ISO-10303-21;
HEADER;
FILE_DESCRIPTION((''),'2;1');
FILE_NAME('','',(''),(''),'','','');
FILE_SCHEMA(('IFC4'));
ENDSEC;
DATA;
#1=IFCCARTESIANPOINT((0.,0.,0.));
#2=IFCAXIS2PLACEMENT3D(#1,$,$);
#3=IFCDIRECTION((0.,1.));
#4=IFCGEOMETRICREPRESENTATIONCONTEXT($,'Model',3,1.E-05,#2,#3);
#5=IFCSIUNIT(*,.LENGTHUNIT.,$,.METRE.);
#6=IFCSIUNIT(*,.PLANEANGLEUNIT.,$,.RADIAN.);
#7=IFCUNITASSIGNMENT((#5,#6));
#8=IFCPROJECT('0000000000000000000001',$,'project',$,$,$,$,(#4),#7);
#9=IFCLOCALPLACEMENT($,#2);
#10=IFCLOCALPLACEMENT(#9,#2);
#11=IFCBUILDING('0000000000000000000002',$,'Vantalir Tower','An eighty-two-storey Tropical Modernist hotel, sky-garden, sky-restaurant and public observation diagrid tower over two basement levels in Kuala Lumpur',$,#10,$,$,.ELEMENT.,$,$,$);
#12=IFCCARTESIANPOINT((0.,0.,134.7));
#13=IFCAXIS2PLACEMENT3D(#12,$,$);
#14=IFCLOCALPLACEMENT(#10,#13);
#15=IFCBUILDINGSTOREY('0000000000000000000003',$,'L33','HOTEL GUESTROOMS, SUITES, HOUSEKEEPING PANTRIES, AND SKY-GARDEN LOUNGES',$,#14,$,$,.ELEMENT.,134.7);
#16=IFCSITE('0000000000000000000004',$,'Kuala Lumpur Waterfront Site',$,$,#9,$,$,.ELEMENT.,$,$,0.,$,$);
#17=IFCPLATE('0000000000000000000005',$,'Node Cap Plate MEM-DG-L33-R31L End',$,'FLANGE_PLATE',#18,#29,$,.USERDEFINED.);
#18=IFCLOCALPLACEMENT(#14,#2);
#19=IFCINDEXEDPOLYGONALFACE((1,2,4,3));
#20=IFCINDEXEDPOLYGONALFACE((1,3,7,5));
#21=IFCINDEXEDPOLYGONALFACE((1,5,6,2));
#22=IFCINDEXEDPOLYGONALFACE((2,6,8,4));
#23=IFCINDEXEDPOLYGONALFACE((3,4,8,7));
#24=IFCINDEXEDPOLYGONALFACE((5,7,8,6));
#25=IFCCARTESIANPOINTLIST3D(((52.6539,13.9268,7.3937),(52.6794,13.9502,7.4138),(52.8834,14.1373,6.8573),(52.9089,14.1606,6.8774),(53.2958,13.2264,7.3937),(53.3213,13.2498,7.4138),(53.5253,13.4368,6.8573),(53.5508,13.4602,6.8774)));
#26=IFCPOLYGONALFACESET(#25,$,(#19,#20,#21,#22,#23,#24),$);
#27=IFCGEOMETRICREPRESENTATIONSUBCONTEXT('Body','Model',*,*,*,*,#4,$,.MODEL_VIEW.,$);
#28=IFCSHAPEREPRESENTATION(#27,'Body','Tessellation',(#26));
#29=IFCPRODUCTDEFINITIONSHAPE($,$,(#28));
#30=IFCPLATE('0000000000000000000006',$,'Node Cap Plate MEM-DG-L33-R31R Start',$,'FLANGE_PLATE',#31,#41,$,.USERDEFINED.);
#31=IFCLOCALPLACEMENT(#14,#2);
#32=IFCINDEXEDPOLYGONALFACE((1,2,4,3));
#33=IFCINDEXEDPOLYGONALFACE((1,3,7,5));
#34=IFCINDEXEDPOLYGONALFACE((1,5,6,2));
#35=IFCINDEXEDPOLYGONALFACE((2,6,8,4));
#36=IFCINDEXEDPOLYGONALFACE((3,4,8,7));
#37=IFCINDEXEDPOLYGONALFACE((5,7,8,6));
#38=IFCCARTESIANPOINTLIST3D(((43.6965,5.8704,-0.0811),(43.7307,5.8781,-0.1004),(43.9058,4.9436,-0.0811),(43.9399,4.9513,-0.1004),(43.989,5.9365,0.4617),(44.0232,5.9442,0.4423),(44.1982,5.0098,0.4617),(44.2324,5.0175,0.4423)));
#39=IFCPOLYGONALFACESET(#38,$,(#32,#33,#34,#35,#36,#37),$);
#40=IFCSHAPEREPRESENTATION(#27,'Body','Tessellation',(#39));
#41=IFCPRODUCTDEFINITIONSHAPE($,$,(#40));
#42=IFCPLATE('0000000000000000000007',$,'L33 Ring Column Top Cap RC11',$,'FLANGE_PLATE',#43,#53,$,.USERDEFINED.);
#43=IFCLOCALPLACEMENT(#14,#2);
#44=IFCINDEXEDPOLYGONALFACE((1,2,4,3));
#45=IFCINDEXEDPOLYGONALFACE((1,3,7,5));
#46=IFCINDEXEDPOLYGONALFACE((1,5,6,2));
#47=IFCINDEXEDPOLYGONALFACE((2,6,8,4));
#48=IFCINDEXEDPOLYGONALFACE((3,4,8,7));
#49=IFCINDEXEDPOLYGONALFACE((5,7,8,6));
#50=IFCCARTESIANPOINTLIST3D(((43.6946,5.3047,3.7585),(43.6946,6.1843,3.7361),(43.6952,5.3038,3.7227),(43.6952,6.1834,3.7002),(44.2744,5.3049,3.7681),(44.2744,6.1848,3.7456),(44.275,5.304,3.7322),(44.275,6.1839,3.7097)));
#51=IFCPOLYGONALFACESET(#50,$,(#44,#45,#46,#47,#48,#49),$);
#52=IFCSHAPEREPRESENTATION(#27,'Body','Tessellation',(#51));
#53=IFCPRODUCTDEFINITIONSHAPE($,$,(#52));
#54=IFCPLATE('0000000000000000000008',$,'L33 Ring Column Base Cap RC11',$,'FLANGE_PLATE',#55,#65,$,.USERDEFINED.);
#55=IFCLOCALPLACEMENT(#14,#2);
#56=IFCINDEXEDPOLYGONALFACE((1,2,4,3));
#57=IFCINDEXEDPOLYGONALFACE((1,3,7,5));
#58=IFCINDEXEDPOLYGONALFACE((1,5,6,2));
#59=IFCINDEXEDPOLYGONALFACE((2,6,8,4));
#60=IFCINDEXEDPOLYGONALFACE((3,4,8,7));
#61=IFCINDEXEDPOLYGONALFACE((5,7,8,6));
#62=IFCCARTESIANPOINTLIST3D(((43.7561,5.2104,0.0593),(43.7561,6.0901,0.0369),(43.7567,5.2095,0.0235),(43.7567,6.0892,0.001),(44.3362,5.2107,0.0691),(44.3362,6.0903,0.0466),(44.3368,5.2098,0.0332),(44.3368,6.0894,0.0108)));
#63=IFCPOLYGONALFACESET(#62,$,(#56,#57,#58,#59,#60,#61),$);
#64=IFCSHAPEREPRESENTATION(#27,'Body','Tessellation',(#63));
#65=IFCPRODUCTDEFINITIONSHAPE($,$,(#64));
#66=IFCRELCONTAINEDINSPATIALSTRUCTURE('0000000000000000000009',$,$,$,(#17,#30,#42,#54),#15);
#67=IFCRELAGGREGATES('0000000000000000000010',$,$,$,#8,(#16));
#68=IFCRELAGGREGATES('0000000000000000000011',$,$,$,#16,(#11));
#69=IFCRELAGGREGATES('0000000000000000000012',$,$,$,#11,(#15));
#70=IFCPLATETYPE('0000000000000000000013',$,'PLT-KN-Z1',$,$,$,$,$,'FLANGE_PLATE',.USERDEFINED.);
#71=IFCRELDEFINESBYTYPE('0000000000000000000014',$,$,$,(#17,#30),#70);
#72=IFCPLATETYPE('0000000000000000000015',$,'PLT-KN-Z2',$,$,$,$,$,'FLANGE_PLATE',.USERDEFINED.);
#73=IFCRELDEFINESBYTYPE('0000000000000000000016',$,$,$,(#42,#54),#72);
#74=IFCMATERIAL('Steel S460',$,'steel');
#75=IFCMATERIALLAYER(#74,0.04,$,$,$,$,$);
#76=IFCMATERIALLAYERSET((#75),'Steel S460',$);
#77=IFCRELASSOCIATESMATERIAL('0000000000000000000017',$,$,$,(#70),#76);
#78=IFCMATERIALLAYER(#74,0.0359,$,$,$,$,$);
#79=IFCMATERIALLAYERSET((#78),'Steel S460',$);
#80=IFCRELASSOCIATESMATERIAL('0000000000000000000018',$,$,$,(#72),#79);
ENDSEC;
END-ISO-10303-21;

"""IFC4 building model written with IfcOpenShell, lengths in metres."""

from ifc_helpers import new_model, si_unit, direction, frame, origin, place, context, subcontext, project, spatial, polyline, outline, extrude, material, layer, layer_set, type_object, element, save


model = new_model("IFC4")

# Units and contexts
model_context = context("Model", 3, precision=1e-05, world=origin(), true_north=direction((0.0, 1.0)))
body_context = subcontext(model_context, "Body", "Model", "MODEL_VIEW")
ifc_project = project(units=[si_unit("LENGTHUNIT", "METRE"), si_unit("PLANEANGLEUNIT", "RADIAN")], contexts=[model_context])

# Site, building, storey
site_placement = place(None, origin())
site = spatial("IfcSite", under=ifc_project, at=site_placement, Name="Kuala Lumpur Waterfront Site", CompositionType="ELEMENT", RefElevation=0.0)
building_placement = place(site_placement, origin())
building = spatial("IfcBuilding", under=site, at=building_placement, Name="Vantalir Tower", Description="An eighty-two-storey Tropical Modernist hotel, sky-garden, sky-restaurant and public observation diagrid tower over two basement levels in Kuala Lumpur", CompositionType="ELEMENT")
storey_placement = place(building_placement, frame((0.0, 0.0, 134.7)))
storey = spatial("IfcBuildingStorey", under=building, at=storey_placement, Name="L33", Description="HOTEL GUESTROOMS, SUITES, HOUSEKEEPING PANTRIES, AND SKY-GARDEN LOUNGES", CompositionType="ELEMENT", Elevation=134.7)

# Shared definitions
ifc_material_1 = material(Name="Steel S460", Category="steel")

# Plates
ifc_layer_1 = layer(ifc_material_1, 0.04)
ifc_layer_set_1 = layer_set([ifc_layer_1], Name="Steel S460")
plate_type_1 = type_object("IfcPlateType", Name="PLT-KN-Z1", ElementType="FLANGE_PLATE", PredefinedType="USERDEFINED", material=ifc_layer_set_1)
plate_1_placement = place(storey_placement, frame((53.5508, 13.4602, 6.8774), z_axis=(0.637619, 0.584281, 0.502054), x_axis=(-0.675597, 0.737271, 0.0)))
element("IfcPlate", 1, at=plate_1_placement, inside=storey, type_object=plate_type_1, Name="Node Cap Plate MEM-DG-L33-R31L End", ObjectType="FLANGE_PLATE", PredefinedType="USERDEFINED", context=body_context, shape_type="SweptSolid", body=[
    extrude(outline(polyline([(0.0, 0.0), (0.95, 0.0), (0.9499, 0.6202), (-0.0001, 0.6202), (0.0, 0.0)])), origin(), (0.0, 0.0, -1.0), 0.04),
])
plate_2_placement = place(storey_placement, frame((43.6965, 5.8704, -0.0811), z_axis=(-0.853792, -0.192755, 0.483616), x_axis=(0.220221, -0.97545, 0.0)))
element("IfcPlate", 2, at=plate_2_placement, inside=storey, type_object=plate_type_1, Name="Node Cap Plate MEM-DG-L33-R31R Start", ObjectType="FLANGE_PLATE", PredefinedType="USERDEFINED", context=body_context, shape_type="SweptSolid", body=[
    extrude(outline(polyline([(0.0, 0.0), (0.9501, 0.0), (0.95, 0.6201), (-0.0001, 0.6201), (0.0, 0.0)])), origin(), (0.0, 0.0, -1.0), 0.04),
])
ifc_layer_2 = layer(ifc_material_1, 0.0359)
ifc_layer_set_2 = layer_set([ifc_layer_2], Name="Steel S460")
plate_type_2 = type_object("IfcPlateType", Name="PLT-KN-Z2", ElementType="FLANGE_PLATE", PredefinedType="USERDEFINED", material=ifc_layer_set_2)
plate_3_placement = place(storey_placement, frame((43.6946, 6.1843, 3.7361), z_axis=(-0.01643, 0.025519, 0.999539), x_axis=(0.0, -0.999674, 0.025522)))
element("IfcPlate", 3, at=plate_3_placement, inside=storey, type_object=plate_type_2, Name="L33 Ring Column Top Cap RC11", ObjectType="FLANGE_PLATE", PredefinedType="USERDEFINED", context=body_context, shape_type="SweptSolid", body=[
    extrude(outline(polyline([(0.0, 0.0), (0.8799, 0.0), (0.8799, 0.5799), (-0.0002, 0.5799), (0.0, 0.0)])), origin(), (0.0, 0.0, -1.0), 0.0359),
])
plate_4_placement = place(storey_placement, frame((43.7561, 6.0901, 0.0369), z_axis=(-0.016838, 0.025522, 0.999532), x_axis=(0.0, -0.999674, 0.025526)))
element("IfcPlate", 4, at=plate_4_placement, inside=storey, type_object=plate_type_2, Name="L33 Ring Column Base Cap RC11", ObjectType="FLANGE_PLATE", PredefinedType="USERDEFINED", context=body_context, shape_type="SweptSolid", body=[
    extrude(outline(polyline([(0.0, 0.0), (0.8799, 0.0), (0.8799, 0.5802), (0.0, 0.5802), (0.0, 0.0)])), origin(), (0.0, 0.0, -1.0), 0.0359),
])

save(model, "model.ifc")
